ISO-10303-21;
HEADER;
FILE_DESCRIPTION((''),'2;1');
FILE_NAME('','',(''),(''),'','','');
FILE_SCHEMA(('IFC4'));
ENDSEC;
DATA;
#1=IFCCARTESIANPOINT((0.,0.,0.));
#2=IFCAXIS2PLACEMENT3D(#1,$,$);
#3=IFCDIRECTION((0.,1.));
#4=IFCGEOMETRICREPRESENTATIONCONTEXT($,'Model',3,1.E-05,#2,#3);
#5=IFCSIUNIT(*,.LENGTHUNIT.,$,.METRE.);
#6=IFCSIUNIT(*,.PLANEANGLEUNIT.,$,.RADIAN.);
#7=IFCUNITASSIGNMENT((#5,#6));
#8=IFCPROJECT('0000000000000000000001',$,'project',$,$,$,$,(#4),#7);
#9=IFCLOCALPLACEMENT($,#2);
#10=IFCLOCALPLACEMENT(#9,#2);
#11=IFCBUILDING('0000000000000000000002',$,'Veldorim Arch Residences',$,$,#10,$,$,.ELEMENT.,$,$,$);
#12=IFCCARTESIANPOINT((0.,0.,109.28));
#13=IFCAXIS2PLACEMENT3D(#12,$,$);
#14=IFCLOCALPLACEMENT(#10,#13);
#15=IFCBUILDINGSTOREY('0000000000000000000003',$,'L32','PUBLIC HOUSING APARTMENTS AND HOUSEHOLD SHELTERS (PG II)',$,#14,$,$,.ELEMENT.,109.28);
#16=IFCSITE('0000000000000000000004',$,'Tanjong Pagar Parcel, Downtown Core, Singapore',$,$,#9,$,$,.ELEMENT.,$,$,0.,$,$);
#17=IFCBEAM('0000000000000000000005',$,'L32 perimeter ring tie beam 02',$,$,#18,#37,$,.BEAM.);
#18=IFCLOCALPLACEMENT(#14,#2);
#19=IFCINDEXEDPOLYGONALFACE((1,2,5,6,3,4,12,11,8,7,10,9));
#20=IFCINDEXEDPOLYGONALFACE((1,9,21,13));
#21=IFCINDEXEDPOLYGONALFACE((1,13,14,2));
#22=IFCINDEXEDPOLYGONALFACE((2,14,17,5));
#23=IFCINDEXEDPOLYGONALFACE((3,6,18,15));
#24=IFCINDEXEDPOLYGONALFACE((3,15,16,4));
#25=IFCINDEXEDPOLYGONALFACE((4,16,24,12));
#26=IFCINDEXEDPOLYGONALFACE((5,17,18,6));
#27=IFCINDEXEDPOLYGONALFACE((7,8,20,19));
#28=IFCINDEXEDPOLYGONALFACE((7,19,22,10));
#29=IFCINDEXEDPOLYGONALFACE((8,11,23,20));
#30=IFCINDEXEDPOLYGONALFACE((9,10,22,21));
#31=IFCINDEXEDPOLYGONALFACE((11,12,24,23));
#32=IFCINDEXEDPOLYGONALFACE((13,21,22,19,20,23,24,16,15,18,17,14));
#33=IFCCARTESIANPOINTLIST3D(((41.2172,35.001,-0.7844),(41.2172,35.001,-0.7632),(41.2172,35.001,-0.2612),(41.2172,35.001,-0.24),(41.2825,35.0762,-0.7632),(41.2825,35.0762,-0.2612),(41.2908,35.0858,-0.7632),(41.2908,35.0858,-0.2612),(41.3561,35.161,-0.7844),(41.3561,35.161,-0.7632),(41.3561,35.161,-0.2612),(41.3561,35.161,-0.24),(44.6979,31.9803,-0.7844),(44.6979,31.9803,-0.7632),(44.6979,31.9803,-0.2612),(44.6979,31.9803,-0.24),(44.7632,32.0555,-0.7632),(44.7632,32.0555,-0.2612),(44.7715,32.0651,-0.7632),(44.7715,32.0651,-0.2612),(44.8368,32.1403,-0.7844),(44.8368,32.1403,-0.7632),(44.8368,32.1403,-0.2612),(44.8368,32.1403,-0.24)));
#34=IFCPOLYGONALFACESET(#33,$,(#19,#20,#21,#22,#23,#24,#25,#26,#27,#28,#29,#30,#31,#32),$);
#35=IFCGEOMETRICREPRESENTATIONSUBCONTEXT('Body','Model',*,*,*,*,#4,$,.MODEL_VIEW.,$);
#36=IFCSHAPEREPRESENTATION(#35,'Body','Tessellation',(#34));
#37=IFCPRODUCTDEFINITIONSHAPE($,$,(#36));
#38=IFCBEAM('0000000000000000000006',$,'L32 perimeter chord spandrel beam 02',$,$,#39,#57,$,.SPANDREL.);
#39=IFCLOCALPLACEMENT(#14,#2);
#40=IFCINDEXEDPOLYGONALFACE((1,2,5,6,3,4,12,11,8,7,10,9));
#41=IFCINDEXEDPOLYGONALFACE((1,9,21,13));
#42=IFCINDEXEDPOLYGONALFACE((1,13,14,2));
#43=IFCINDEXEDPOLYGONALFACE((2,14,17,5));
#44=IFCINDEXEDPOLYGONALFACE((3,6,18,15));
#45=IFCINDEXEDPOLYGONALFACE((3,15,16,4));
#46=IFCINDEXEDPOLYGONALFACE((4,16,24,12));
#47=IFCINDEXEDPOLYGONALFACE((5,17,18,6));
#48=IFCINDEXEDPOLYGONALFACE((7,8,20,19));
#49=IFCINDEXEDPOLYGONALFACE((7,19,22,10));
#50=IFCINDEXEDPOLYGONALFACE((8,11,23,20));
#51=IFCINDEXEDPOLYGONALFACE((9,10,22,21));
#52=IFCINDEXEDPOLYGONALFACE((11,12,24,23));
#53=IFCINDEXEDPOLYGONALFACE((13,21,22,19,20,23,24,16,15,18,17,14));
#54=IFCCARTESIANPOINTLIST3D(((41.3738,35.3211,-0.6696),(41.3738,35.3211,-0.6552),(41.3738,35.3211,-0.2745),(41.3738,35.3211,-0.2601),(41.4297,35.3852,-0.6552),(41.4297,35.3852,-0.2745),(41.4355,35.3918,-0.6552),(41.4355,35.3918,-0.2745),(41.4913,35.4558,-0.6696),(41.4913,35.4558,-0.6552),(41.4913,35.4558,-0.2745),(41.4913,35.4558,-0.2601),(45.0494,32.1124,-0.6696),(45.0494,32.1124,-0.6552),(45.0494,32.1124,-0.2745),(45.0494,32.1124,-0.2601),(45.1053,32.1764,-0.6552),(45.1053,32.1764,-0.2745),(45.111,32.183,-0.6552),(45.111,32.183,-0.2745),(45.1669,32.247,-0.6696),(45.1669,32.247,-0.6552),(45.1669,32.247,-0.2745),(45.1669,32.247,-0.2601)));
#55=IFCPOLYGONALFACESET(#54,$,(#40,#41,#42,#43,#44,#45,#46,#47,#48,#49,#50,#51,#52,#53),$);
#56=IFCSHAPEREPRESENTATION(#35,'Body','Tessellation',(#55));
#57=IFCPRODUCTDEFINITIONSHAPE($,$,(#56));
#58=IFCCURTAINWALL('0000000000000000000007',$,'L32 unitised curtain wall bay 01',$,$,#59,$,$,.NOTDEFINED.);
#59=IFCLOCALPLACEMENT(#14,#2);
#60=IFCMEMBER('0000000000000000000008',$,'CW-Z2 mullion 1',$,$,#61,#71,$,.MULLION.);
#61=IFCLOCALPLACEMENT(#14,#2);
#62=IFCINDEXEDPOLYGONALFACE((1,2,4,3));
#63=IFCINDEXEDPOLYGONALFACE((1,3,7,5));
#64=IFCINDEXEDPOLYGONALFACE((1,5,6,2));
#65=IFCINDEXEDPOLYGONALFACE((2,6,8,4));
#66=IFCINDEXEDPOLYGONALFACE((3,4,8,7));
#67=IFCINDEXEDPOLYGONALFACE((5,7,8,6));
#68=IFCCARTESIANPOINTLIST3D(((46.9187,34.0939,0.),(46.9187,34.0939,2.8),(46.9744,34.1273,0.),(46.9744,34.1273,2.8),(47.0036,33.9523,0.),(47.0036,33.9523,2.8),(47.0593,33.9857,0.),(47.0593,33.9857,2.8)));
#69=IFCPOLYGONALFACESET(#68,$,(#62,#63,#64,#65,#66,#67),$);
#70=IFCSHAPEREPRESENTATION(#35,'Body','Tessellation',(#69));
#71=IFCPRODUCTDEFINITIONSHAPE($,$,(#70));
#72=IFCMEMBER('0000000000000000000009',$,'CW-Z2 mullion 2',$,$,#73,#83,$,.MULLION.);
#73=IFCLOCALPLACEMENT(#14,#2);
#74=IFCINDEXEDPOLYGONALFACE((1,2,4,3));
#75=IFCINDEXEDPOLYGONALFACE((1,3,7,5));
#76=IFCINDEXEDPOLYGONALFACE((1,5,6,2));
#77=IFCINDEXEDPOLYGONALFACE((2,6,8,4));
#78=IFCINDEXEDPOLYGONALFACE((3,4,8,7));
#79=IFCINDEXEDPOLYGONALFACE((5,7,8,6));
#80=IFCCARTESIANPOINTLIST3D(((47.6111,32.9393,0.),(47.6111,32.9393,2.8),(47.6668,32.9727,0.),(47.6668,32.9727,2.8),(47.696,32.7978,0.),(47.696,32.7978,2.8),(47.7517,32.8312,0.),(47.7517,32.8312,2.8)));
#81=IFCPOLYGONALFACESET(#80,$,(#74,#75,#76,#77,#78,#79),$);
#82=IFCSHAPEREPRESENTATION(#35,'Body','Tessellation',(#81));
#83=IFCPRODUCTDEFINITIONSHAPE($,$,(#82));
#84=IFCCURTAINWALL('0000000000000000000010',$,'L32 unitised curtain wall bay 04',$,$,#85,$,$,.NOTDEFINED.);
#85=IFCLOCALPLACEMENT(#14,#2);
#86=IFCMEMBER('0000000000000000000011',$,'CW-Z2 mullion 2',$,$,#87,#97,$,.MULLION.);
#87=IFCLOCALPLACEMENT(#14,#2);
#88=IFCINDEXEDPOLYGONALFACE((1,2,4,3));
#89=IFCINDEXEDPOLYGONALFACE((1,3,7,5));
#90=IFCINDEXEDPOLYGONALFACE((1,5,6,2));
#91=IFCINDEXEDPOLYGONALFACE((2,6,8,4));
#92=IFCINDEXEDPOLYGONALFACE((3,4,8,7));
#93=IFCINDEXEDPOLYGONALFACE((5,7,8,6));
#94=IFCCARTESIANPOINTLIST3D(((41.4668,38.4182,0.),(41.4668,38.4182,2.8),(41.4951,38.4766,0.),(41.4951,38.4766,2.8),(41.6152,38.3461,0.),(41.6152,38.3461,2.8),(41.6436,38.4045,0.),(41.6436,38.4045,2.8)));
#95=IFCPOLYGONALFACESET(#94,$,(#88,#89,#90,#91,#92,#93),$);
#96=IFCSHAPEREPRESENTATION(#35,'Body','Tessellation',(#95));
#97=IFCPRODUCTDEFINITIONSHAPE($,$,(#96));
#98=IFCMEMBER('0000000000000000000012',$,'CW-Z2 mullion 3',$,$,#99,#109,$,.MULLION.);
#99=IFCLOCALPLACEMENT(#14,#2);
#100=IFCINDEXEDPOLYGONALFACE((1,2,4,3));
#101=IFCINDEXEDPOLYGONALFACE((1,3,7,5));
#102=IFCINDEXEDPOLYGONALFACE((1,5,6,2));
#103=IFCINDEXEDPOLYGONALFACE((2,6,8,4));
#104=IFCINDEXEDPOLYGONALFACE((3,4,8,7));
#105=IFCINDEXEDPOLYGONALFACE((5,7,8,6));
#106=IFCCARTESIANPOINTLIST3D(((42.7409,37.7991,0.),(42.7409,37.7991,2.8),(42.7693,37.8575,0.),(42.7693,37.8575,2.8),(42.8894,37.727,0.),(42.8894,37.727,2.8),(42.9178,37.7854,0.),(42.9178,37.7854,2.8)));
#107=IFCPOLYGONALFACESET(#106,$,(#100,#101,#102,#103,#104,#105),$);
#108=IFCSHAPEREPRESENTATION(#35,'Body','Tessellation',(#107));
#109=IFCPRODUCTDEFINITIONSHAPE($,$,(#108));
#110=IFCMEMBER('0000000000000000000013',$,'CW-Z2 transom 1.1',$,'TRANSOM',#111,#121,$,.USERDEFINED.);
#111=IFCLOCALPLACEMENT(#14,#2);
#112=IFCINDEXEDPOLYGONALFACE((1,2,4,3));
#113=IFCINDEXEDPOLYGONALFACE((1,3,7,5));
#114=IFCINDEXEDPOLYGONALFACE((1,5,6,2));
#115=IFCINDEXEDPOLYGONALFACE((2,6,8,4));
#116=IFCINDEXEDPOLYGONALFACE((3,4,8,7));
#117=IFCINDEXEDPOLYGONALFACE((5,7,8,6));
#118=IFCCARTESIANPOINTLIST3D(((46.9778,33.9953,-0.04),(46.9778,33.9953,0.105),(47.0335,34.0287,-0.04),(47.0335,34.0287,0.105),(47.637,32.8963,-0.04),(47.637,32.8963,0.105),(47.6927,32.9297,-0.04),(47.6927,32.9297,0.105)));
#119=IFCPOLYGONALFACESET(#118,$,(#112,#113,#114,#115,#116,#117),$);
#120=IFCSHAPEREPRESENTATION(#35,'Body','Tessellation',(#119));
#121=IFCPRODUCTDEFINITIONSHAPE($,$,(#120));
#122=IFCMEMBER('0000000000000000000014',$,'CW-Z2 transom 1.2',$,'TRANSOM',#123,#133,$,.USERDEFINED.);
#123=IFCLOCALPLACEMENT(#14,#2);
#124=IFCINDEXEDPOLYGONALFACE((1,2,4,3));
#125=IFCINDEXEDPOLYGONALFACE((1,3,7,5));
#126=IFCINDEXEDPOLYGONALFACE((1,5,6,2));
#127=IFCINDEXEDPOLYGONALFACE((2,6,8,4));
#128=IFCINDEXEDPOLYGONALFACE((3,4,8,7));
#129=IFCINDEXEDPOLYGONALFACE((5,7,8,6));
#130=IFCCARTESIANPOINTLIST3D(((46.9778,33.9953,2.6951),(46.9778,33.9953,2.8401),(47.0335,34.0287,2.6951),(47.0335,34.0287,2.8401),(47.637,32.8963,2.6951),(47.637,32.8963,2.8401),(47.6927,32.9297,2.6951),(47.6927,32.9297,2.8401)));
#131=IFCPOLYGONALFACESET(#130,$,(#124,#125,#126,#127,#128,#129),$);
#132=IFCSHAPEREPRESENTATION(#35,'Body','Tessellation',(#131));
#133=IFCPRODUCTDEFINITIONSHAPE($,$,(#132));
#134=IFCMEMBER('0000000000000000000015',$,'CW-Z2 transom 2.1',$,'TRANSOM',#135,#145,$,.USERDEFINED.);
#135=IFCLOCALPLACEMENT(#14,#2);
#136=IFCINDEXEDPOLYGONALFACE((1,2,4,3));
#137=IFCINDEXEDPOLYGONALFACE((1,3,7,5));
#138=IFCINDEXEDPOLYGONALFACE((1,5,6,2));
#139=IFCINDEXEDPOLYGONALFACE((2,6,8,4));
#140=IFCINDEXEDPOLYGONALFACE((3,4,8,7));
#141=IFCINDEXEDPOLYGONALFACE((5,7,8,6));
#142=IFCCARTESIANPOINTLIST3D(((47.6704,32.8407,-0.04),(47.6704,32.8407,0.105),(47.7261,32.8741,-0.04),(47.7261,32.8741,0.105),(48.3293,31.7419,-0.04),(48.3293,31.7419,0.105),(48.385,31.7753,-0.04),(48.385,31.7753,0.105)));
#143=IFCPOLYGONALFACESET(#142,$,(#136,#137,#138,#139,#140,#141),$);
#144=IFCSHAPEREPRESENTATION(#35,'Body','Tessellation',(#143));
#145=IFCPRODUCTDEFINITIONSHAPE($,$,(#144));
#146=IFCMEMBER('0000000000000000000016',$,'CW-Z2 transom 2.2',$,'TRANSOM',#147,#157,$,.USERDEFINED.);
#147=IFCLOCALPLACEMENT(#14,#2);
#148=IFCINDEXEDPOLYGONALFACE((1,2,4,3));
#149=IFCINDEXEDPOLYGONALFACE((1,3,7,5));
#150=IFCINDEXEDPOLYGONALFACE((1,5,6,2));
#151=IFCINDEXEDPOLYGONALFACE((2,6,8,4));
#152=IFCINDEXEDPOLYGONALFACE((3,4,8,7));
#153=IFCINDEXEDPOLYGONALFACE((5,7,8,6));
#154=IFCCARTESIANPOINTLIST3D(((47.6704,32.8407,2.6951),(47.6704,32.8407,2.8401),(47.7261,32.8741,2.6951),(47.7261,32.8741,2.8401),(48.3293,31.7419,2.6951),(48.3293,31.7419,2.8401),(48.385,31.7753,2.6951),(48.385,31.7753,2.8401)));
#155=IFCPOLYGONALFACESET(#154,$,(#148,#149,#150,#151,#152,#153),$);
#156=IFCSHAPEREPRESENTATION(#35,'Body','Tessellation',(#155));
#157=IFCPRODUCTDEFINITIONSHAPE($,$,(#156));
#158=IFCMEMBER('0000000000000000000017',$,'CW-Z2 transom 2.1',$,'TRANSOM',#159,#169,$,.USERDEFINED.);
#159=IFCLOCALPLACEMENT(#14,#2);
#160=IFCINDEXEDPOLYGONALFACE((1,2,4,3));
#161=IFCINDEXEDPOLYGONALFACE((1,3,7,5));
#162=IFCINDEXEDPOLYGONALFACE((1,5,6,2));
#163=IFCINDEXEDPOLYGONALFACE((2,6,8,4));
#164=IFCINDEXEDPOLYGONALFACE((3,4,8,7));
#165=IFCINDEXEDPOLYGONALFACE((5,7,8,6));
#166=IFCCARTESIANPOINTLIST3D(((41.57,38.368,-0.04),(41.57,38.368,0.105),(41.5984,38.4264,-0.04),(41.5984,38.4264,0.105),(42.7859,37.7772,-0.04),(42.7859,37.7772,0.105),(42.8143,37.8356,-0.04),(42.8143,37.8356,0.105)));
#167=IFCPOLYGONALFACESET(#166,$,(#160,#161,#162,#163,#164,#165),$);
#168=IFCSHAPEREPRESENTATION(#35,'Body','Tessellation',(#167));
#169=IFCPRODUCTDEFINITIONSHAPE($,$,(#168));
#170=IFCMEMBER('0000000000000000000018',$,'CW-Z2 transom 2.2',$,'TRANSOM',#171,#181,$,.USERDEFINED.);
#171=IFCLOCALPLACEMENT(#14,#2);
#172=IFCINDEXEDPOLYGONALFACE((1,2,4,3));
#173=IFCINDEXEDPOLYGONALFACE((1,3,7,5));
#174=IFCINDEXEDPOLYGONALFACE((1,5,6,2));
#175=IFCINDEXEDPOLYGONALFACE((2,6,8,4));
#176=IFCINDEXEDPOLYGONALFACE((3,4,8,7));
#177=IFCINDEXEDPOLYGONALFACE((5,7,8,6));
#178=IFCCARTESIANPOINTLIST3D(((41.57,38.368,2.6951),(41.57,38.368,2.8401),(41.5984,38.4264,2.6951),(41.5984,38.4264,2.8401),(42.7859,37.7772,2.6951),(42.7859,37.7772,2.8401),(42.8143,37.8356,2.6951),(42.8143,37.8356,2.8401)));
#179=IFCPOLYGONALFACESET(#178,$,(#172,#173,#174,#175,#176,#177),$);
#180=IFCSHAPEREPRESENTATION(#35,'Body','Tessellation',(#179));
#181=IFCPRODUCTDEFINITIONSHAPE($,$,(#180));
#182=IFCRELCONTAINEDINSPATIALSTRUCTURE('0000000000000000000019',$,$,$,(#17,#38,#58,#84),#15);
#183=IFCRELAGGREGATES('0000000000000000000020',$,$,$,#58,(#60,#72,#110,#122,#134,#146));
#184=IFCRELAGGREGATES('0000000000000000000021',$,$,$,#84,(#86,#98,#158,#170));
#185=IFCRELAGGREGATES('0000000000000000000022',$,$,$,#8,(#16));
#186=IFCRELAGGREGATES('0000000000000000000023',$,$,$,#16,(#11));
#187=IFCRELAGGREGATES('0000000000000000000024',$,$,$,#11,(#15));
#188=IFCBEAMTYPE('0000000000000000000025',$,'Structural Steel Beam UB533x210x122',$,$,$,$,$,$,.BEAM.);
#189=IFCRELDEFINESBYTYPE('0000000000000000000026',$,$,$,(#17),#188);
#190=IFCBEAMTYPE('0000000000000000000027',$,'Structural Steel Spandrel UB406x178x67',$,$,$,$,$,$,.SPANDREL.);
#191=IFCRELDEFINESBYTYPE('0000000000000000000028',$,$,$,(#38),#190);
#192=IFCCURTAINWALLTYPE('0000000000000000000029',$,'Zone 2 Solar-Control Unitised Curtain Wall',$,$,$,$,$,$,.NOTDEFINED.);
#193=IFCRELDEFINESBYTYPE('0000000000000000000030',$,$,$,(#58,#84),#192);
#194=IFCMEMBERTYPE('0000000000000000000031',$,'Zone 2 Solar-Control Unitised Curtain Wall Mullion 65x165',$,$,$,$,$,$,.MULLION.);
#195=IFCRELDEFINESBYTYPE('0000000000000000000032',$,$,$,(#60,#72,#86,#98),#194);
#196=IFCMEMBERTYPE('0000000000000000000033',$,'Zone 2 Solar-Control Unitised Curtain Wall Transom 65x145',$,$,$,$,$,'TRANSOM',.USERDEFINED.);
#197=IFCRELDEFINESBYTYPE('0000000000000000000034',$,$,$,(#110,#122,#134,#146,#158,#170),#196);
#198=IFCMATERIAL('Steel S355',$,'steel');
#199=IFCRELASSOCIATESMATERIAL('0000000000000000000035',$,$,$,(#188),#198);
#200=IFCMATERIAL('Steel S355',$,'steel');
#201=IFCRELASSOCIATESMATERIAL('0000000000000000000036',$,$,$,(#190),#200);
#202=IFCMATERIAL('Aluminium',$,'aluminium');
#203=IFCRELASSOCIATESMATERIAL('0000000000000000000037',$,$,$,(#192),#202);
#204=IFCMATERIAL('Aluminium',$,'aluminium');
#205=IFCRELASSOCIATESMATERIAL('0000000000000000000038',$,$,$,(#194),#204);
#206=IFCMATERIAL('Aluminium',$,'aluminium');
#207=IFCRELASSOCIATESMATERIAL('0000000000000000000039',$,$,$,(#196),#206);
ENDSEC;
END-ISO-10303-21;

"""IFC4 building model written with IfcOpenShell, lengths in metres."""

from ifc_helpers import new_model, si_unit, direction, frame, origin, origin_2d, place, context, subcontext, project, spatial, rectangle, i_section, extrude, material, material_profile, profile_set, type_object, element, aggregate, save


model = new_model("IFC4")

# Units and contexts
model_context = context("Model", 3, precision=1e-05, world=origin(), true_north=direction((0.0, 1.0)))
body_context = subcontext(model_context, "Body", "Model", "MODEL_VIEW")
ifc_project = project(units=[si_unit("LENGTHUNIT", "METRE"), si_unit("PLANEANGLEUNIT", "RADIAN")], contexts=[model_context])

# Site, building, storey
site_placement = place(None, origin())
site = spatial("IfcSite", under=ifc_project, at=site_placement, Name="Tanjong Pagar Parcel, Downtown Core, Singapore", CompositionType="ELEMENT", RefElevation=0.0)
building_placement = place(site_placement, origin())
building = spatial("IfcBuilding", under=site, at=building_placement, Name="Veldorim Arch Residences", CompositionType="ELEMENT")
storey_placement = place(building_placement, frame((0.0, 0.0, 109.28)))
storey = spatial("IfcBuildingStorey", under=building, at=storey_placement, Name="L32", Description="PUBLIC HOUSING APARTMENTS AND HOUSEHOLD SHELTERS (PG II)", CompositionType="ELEMENT", Elevation=109.28)

# Beams
ifc_material_1 = material(Name="Steel S355", Category="steel")
ifc_material_profile_1 = material_profile(ifc_material_1, i_section(OverallWidth=0.2119, OverallDepth=0.5444, WebThickness=0.0127, FlangeThickness=0.0212, at=origin_2d()), Name="UB533x210x122")
ifc_profile_set_1 = profile_set([ifc_material_profile_1], Name="Steel S355")
beam_type_1 = type_object("IfcBeamType", Name="Structural Steel Beam UB533x210x122", PredefinedType="BEAM", material=ifc_profile_set_1)
beam_1_placement = place(storey_placement, frame((44.7673, 32.0603, -0.5122), z_axis=(-0.755245, 0.655443, 0.0), x_axis=(-0.655443, -0.755245, 0.0)))
element("IfcBeam", 1, at=beam_1_placement, inside=storey, type_object=beam_type_1, Name="L32 perimeter ring tie beam 02", PredefinedType="BEAM", context=body_context, shape_type="SweptSolid", body=[
    extrude(i_section(OverallWidth=0.2119, OverallDepth=0.5444, WebThickness=0.0127, FlangeThickness=0.0212, at=origin_2d()), origin(), (0.0, 0.0, 1.0), 4.6086),
])
ifc_material_2 = material(Name="Steel S355", Category="steel")
ifc_material_profile_2 = material_profile(ifc_material_2, i_section(OverallWidth=0.1787, OverallDepth=0.4094, WebThickness=0.0088, FlangeThickness=0.0144, at=origin_2d()), Name="UB406x178x67")
ifc_profile_set_2 = profile_set([ifc_material_profile_2], Name="Steel S355")
beam_type_2 = type_object("IfcBeamType", Name="Structural Steel Spandrel UB406x178x67", PredefinedType="SPANDREL", material=ifc_profile_set_2)
beam_2_placement = place(storey_placement, frame((45.1082, 32.1797, -0.4648), z_axis=(-0.753323, 0.65765, 0.0), x_axis=(-0.65765, -0.753323, 0.0)))
element("IfcBeam", 2, at=beam_2_placement, inside=storey, type_object=beam_type_2, Name="L32 perimeter chord spandrel beam 02", PredefinedType="SPANDREL", context=body_context, shape_type="SweptSolid", body=[
    extrude(i_section(OverallWidth=0.1787, OverallDepth=0.4094, WebThickness=0.0088, FlangeThickness=0.0144, at=origin_2d()), origin(), (0.0, 0.0, 1.0), 4.8792),
])

# Curtain walls, members
ifc_material_3 = material(Name="Aluminium", Category="aluminium")
curtain_wall_type = type_object("IfcCurtainWallType", Name="Zone 2 Solar-Control Unitised Curtain Wall", PredefinedType="NOTDEFINED", material=ifc_material_3)
curtain_wall_1_placement = place(storey_placement, origin())
curtain_wall_1 = element("IfcCurtainWall", 3, at=curtain_wall_1_placement, inside=storey, type_object=curtain_wall_type, Name="L32 unitised curtain wall bay 01", PredefinedType="NOTDEFINED")
ifc_material_4 = material(Name="Aluminium", Category="aluminium")
ifc_material_profile_3 = material_profile(ifc_material_4, rectangle(XDim=0.0649, YDim=0.165, at=origin_2d()), Name="ALU_MUL_65x165")
ifc_profile_set_3 = profile_set([ifc_material_profile_3], Name="Aluminium")
member_type_1 = type_object("IfcMemberType", Name="Zone 2 Solar-Control Unitised Curtain Wall Mullion 65x165", PredefinedType="MULLION", material=ifc_profile_set_3)
member_1_placement = place(storey_placement, frame((46.989, 34.0398, 0.0), z_axis=(0.0, 0.0, 1.0), x_axis=(0.85757, 0.514368, 0.0)))
member_1 = element("IfcMember", 4, at=member_1_placement, type_object=member_type_1, Name="CW-Z2 mullion 1", PredefinedType="MULLION", context=body_context, shape_type="SweptSolid", body=[
    extrude(rectangle(XDim=0.0649, YDim=0.165, at=origin_2d()), origin(), (0.0, 0.0, 1.0), 2.8),
])
member_2_placement = place(storey_placement, frame((47.6814, 32.8853, 0.0), z_axis=(0.0, 0.0, 1.0), x_axis=(0.85757, 0.514368, 0.0)))
member_2 = element("IfcMember", 5, at=member_2_placement, type_object=member_type_1, Name="CW-Z2 mullion 2", PredefinedType="MULLION", context=body_context, shape_type="SweptSolid", body=[
    extrude(rectangle(XDim=0.0649, YDim=0.165, at=origin_2d()), origin(), (0.0, 0.0, 1.0), 2.8),
])
curtain_wall_2_placement = place(storey_placement, origin())
curtain_wall_2 = element("IfcCurtainWall", 6, at=curtain_wall_2_placement, inside=storey, type_object=curtain_wall_type, Name="L32 unitised curtain wall bay 04", PredefinedType="NOTDEFINED")
member_3_placement = place(storey_placement, frame((41.5552, 38.4114, 0.0), z_axis=(0.0, 0.0, 1.0), x_axis=(0.437, 0.899462, 0.0)))
member_3 = element("IfcMember", 7, at=member_3_placement, type_object=member_type_1, Name="CW-Z2 mullion 2", PredefinedType="MULLION", context=body_context, shape_type="SweptSolid", body=[
    extrude(rectangle(XDim=0.0649, YDim=0.165, at=origin_2d()), origin(), (0.0, 0.0, 1.0), 2.8),
])
member_4_placement = place(storey_placement, frame((42.8293, 37.7922, 0.0), z_axis=(0.0, 0.0, 1.0), x_axis=(0.437, 0.899462, 0.0)))
member_4 = element("IfcMember", 8, at=member_4_placement, type_object=member_type_1, Name="CW-Z2 mullion 3", PredefinedType="MULLION", context=body_context, shape_type="SweptSolid", body=[
    extrude(rectangle(XDim=0.0649, YDim=0.165, at=origin_2d()), origin(), (0.0, 0.0, 1.0), 2.8),
])

# Members
ifc_material_5 = material(Name="Aluminium", Category="aluminium")
ifc_material_profile_4 = material_profile(ifc_material_5, rectangle(XDim=0.0649, YDim=0.145, at=origin_2d()), Name="ALU_TRN_65x145")
ifc_profile_set_4 = profile_set([ifc_material_profile_4], Name="Aluminium")
member_type_2 = type_object("IfcMemberType", Name="Zone 2 Solar-Control Unitised Curtain Wall Transom 65x145", ElementType="TRANSOM", PredefinedType="USERDEFINED", material=ifc_profile_set_4)
member_5_placement = place(storey_placement, frame((47.0056, 34.012, 0.0325), z_axis=(0.514412, -0.857543, 0.0), x_axis=(0.857543, 0.514412, 0.0)))
member_5 = element("IfcMember", 9, at=member_5_placement, type_object=member_type_2, Name="CW-Z2 transom 1.1", ObjectType="TRANSOM", PredefinedType="USERDEFINED", context=body_context, shape_type="SweptSolid", body=[
    extrude(rectangle(XDim=0.0649, YDim=0.145, at=origin_2d()), origin(), (0.0, 0.0, 1.0), 1.2815),
])
member_6_placement = place(storey_placement, frame((47.0056, 34.012, 2.7676), z_axis=(0.514412, -0.857543, 0.0), x_axis=(0.857543, 0.514412, 0.0)))
member_6 = element("IfcMember", 10, at=member_6_placement, type_object=member_type_2, Name="CW-Z2 transom 1.2", ObjectType="TRANSOM", PredefinedType="USERDEFINED", context=body_context, shape_type="SweptSolid", body=[
    extrude(rectangle(XDim=0.0649, YDim=0.145, at=origin_2d()), origin(), (0.0, 0.0, 1.0), 1.2815),
])
member_7_placement = place(storey_placement, frame((47.6982, 32.8574, 0.0325), z_axis=(0.514272, -0.857627, 0.0), x_axis=(0.857627, 0.514272, 0.0)))
member_7 = element("IfcMember", 11, at=member_7_placement, type_object=member_type_2, Name="CW-Z2 transom 2.1", ObjectType="TRANSOM", PredefinedType="USERDEFINED", context=body_context, shape_type="SweptSolid", body=[
    extrude(rectangle(XDim=0.0649, YDim=0.145, at=origin_2d()), origin(), (0.0, 0.0, 1.0), 1.2812),
])
member_8_placement = place(storey_placement, frame((47.6982, 32.8574, 2.7676), z_axis=(0.514272, -0.857627, 0.0), x_axis=(0.857627, 0.514272, 0.0)))
member_8 = element("IfcMember", 12, at=member_8_placement, type_object=member_type_2, Name="CW-Z2 transom 2.2", ObjectType="TRANSOM", PredefinedType="USERDEFINED", context=body_context, shape_type="SweptSolid", body=[
    extrude(rectangle(XDim=0.0649, YDim=0.145, at=origin_2d()), origin(), (0.0, 0.0, 1.0), 1.2812),
])
member_9_placement = place(storey_placement, frame((41.5842, 38.3972, 0.0325), z_axis=(0.899427, -0.437071, 0.0), x_axis=(0.437071, 0.899427, 0.0)))
member_9 = element("IfcMember", 13, at=member_9_placement, type_object=member_type_2, Name="CW-Z2 transom 2.1", ObjectType="TRANSOM", PredefinedType="USERDEFINED", context=body_context, shape_type="SweptSolid", body=[
    extrude(rectangle(XDim=0.0649, YDim=0.145, at=origin_2d()), origin(), (0.0, 0.0, 1.0), 1.3518),
])
member_10_placement = place(storey_placement, frame((41.5842, 38.3972, 2.7676), z_axis=(0.899427, -0.437071, 0.0), x_axis=(0.437071, 0.899427, 0.0)))
member_10 = element("IfcMember", 14, at=member_10_placement, type_object=member_type_2, Name="CW-Z2 transom 2.2", ObjectType="TRANSOM", PredefinedType="USERDEFINED", context=body_context, shape_type="SweptSolid", body=[
    extrude(rectangle(XDim=0.0649, YDim=0.145, at=origin_2d()), origin(), (0.0, 0.0, 1.0), 1.3518),
])

aggregate(curtain_wall_1, [member_1, member_2, member_5, member_6, member_7, member_8])
aggregate(curtain_wall_2, [member_3, member_4, member_9, member_10])

save(model, "model.ifc")
